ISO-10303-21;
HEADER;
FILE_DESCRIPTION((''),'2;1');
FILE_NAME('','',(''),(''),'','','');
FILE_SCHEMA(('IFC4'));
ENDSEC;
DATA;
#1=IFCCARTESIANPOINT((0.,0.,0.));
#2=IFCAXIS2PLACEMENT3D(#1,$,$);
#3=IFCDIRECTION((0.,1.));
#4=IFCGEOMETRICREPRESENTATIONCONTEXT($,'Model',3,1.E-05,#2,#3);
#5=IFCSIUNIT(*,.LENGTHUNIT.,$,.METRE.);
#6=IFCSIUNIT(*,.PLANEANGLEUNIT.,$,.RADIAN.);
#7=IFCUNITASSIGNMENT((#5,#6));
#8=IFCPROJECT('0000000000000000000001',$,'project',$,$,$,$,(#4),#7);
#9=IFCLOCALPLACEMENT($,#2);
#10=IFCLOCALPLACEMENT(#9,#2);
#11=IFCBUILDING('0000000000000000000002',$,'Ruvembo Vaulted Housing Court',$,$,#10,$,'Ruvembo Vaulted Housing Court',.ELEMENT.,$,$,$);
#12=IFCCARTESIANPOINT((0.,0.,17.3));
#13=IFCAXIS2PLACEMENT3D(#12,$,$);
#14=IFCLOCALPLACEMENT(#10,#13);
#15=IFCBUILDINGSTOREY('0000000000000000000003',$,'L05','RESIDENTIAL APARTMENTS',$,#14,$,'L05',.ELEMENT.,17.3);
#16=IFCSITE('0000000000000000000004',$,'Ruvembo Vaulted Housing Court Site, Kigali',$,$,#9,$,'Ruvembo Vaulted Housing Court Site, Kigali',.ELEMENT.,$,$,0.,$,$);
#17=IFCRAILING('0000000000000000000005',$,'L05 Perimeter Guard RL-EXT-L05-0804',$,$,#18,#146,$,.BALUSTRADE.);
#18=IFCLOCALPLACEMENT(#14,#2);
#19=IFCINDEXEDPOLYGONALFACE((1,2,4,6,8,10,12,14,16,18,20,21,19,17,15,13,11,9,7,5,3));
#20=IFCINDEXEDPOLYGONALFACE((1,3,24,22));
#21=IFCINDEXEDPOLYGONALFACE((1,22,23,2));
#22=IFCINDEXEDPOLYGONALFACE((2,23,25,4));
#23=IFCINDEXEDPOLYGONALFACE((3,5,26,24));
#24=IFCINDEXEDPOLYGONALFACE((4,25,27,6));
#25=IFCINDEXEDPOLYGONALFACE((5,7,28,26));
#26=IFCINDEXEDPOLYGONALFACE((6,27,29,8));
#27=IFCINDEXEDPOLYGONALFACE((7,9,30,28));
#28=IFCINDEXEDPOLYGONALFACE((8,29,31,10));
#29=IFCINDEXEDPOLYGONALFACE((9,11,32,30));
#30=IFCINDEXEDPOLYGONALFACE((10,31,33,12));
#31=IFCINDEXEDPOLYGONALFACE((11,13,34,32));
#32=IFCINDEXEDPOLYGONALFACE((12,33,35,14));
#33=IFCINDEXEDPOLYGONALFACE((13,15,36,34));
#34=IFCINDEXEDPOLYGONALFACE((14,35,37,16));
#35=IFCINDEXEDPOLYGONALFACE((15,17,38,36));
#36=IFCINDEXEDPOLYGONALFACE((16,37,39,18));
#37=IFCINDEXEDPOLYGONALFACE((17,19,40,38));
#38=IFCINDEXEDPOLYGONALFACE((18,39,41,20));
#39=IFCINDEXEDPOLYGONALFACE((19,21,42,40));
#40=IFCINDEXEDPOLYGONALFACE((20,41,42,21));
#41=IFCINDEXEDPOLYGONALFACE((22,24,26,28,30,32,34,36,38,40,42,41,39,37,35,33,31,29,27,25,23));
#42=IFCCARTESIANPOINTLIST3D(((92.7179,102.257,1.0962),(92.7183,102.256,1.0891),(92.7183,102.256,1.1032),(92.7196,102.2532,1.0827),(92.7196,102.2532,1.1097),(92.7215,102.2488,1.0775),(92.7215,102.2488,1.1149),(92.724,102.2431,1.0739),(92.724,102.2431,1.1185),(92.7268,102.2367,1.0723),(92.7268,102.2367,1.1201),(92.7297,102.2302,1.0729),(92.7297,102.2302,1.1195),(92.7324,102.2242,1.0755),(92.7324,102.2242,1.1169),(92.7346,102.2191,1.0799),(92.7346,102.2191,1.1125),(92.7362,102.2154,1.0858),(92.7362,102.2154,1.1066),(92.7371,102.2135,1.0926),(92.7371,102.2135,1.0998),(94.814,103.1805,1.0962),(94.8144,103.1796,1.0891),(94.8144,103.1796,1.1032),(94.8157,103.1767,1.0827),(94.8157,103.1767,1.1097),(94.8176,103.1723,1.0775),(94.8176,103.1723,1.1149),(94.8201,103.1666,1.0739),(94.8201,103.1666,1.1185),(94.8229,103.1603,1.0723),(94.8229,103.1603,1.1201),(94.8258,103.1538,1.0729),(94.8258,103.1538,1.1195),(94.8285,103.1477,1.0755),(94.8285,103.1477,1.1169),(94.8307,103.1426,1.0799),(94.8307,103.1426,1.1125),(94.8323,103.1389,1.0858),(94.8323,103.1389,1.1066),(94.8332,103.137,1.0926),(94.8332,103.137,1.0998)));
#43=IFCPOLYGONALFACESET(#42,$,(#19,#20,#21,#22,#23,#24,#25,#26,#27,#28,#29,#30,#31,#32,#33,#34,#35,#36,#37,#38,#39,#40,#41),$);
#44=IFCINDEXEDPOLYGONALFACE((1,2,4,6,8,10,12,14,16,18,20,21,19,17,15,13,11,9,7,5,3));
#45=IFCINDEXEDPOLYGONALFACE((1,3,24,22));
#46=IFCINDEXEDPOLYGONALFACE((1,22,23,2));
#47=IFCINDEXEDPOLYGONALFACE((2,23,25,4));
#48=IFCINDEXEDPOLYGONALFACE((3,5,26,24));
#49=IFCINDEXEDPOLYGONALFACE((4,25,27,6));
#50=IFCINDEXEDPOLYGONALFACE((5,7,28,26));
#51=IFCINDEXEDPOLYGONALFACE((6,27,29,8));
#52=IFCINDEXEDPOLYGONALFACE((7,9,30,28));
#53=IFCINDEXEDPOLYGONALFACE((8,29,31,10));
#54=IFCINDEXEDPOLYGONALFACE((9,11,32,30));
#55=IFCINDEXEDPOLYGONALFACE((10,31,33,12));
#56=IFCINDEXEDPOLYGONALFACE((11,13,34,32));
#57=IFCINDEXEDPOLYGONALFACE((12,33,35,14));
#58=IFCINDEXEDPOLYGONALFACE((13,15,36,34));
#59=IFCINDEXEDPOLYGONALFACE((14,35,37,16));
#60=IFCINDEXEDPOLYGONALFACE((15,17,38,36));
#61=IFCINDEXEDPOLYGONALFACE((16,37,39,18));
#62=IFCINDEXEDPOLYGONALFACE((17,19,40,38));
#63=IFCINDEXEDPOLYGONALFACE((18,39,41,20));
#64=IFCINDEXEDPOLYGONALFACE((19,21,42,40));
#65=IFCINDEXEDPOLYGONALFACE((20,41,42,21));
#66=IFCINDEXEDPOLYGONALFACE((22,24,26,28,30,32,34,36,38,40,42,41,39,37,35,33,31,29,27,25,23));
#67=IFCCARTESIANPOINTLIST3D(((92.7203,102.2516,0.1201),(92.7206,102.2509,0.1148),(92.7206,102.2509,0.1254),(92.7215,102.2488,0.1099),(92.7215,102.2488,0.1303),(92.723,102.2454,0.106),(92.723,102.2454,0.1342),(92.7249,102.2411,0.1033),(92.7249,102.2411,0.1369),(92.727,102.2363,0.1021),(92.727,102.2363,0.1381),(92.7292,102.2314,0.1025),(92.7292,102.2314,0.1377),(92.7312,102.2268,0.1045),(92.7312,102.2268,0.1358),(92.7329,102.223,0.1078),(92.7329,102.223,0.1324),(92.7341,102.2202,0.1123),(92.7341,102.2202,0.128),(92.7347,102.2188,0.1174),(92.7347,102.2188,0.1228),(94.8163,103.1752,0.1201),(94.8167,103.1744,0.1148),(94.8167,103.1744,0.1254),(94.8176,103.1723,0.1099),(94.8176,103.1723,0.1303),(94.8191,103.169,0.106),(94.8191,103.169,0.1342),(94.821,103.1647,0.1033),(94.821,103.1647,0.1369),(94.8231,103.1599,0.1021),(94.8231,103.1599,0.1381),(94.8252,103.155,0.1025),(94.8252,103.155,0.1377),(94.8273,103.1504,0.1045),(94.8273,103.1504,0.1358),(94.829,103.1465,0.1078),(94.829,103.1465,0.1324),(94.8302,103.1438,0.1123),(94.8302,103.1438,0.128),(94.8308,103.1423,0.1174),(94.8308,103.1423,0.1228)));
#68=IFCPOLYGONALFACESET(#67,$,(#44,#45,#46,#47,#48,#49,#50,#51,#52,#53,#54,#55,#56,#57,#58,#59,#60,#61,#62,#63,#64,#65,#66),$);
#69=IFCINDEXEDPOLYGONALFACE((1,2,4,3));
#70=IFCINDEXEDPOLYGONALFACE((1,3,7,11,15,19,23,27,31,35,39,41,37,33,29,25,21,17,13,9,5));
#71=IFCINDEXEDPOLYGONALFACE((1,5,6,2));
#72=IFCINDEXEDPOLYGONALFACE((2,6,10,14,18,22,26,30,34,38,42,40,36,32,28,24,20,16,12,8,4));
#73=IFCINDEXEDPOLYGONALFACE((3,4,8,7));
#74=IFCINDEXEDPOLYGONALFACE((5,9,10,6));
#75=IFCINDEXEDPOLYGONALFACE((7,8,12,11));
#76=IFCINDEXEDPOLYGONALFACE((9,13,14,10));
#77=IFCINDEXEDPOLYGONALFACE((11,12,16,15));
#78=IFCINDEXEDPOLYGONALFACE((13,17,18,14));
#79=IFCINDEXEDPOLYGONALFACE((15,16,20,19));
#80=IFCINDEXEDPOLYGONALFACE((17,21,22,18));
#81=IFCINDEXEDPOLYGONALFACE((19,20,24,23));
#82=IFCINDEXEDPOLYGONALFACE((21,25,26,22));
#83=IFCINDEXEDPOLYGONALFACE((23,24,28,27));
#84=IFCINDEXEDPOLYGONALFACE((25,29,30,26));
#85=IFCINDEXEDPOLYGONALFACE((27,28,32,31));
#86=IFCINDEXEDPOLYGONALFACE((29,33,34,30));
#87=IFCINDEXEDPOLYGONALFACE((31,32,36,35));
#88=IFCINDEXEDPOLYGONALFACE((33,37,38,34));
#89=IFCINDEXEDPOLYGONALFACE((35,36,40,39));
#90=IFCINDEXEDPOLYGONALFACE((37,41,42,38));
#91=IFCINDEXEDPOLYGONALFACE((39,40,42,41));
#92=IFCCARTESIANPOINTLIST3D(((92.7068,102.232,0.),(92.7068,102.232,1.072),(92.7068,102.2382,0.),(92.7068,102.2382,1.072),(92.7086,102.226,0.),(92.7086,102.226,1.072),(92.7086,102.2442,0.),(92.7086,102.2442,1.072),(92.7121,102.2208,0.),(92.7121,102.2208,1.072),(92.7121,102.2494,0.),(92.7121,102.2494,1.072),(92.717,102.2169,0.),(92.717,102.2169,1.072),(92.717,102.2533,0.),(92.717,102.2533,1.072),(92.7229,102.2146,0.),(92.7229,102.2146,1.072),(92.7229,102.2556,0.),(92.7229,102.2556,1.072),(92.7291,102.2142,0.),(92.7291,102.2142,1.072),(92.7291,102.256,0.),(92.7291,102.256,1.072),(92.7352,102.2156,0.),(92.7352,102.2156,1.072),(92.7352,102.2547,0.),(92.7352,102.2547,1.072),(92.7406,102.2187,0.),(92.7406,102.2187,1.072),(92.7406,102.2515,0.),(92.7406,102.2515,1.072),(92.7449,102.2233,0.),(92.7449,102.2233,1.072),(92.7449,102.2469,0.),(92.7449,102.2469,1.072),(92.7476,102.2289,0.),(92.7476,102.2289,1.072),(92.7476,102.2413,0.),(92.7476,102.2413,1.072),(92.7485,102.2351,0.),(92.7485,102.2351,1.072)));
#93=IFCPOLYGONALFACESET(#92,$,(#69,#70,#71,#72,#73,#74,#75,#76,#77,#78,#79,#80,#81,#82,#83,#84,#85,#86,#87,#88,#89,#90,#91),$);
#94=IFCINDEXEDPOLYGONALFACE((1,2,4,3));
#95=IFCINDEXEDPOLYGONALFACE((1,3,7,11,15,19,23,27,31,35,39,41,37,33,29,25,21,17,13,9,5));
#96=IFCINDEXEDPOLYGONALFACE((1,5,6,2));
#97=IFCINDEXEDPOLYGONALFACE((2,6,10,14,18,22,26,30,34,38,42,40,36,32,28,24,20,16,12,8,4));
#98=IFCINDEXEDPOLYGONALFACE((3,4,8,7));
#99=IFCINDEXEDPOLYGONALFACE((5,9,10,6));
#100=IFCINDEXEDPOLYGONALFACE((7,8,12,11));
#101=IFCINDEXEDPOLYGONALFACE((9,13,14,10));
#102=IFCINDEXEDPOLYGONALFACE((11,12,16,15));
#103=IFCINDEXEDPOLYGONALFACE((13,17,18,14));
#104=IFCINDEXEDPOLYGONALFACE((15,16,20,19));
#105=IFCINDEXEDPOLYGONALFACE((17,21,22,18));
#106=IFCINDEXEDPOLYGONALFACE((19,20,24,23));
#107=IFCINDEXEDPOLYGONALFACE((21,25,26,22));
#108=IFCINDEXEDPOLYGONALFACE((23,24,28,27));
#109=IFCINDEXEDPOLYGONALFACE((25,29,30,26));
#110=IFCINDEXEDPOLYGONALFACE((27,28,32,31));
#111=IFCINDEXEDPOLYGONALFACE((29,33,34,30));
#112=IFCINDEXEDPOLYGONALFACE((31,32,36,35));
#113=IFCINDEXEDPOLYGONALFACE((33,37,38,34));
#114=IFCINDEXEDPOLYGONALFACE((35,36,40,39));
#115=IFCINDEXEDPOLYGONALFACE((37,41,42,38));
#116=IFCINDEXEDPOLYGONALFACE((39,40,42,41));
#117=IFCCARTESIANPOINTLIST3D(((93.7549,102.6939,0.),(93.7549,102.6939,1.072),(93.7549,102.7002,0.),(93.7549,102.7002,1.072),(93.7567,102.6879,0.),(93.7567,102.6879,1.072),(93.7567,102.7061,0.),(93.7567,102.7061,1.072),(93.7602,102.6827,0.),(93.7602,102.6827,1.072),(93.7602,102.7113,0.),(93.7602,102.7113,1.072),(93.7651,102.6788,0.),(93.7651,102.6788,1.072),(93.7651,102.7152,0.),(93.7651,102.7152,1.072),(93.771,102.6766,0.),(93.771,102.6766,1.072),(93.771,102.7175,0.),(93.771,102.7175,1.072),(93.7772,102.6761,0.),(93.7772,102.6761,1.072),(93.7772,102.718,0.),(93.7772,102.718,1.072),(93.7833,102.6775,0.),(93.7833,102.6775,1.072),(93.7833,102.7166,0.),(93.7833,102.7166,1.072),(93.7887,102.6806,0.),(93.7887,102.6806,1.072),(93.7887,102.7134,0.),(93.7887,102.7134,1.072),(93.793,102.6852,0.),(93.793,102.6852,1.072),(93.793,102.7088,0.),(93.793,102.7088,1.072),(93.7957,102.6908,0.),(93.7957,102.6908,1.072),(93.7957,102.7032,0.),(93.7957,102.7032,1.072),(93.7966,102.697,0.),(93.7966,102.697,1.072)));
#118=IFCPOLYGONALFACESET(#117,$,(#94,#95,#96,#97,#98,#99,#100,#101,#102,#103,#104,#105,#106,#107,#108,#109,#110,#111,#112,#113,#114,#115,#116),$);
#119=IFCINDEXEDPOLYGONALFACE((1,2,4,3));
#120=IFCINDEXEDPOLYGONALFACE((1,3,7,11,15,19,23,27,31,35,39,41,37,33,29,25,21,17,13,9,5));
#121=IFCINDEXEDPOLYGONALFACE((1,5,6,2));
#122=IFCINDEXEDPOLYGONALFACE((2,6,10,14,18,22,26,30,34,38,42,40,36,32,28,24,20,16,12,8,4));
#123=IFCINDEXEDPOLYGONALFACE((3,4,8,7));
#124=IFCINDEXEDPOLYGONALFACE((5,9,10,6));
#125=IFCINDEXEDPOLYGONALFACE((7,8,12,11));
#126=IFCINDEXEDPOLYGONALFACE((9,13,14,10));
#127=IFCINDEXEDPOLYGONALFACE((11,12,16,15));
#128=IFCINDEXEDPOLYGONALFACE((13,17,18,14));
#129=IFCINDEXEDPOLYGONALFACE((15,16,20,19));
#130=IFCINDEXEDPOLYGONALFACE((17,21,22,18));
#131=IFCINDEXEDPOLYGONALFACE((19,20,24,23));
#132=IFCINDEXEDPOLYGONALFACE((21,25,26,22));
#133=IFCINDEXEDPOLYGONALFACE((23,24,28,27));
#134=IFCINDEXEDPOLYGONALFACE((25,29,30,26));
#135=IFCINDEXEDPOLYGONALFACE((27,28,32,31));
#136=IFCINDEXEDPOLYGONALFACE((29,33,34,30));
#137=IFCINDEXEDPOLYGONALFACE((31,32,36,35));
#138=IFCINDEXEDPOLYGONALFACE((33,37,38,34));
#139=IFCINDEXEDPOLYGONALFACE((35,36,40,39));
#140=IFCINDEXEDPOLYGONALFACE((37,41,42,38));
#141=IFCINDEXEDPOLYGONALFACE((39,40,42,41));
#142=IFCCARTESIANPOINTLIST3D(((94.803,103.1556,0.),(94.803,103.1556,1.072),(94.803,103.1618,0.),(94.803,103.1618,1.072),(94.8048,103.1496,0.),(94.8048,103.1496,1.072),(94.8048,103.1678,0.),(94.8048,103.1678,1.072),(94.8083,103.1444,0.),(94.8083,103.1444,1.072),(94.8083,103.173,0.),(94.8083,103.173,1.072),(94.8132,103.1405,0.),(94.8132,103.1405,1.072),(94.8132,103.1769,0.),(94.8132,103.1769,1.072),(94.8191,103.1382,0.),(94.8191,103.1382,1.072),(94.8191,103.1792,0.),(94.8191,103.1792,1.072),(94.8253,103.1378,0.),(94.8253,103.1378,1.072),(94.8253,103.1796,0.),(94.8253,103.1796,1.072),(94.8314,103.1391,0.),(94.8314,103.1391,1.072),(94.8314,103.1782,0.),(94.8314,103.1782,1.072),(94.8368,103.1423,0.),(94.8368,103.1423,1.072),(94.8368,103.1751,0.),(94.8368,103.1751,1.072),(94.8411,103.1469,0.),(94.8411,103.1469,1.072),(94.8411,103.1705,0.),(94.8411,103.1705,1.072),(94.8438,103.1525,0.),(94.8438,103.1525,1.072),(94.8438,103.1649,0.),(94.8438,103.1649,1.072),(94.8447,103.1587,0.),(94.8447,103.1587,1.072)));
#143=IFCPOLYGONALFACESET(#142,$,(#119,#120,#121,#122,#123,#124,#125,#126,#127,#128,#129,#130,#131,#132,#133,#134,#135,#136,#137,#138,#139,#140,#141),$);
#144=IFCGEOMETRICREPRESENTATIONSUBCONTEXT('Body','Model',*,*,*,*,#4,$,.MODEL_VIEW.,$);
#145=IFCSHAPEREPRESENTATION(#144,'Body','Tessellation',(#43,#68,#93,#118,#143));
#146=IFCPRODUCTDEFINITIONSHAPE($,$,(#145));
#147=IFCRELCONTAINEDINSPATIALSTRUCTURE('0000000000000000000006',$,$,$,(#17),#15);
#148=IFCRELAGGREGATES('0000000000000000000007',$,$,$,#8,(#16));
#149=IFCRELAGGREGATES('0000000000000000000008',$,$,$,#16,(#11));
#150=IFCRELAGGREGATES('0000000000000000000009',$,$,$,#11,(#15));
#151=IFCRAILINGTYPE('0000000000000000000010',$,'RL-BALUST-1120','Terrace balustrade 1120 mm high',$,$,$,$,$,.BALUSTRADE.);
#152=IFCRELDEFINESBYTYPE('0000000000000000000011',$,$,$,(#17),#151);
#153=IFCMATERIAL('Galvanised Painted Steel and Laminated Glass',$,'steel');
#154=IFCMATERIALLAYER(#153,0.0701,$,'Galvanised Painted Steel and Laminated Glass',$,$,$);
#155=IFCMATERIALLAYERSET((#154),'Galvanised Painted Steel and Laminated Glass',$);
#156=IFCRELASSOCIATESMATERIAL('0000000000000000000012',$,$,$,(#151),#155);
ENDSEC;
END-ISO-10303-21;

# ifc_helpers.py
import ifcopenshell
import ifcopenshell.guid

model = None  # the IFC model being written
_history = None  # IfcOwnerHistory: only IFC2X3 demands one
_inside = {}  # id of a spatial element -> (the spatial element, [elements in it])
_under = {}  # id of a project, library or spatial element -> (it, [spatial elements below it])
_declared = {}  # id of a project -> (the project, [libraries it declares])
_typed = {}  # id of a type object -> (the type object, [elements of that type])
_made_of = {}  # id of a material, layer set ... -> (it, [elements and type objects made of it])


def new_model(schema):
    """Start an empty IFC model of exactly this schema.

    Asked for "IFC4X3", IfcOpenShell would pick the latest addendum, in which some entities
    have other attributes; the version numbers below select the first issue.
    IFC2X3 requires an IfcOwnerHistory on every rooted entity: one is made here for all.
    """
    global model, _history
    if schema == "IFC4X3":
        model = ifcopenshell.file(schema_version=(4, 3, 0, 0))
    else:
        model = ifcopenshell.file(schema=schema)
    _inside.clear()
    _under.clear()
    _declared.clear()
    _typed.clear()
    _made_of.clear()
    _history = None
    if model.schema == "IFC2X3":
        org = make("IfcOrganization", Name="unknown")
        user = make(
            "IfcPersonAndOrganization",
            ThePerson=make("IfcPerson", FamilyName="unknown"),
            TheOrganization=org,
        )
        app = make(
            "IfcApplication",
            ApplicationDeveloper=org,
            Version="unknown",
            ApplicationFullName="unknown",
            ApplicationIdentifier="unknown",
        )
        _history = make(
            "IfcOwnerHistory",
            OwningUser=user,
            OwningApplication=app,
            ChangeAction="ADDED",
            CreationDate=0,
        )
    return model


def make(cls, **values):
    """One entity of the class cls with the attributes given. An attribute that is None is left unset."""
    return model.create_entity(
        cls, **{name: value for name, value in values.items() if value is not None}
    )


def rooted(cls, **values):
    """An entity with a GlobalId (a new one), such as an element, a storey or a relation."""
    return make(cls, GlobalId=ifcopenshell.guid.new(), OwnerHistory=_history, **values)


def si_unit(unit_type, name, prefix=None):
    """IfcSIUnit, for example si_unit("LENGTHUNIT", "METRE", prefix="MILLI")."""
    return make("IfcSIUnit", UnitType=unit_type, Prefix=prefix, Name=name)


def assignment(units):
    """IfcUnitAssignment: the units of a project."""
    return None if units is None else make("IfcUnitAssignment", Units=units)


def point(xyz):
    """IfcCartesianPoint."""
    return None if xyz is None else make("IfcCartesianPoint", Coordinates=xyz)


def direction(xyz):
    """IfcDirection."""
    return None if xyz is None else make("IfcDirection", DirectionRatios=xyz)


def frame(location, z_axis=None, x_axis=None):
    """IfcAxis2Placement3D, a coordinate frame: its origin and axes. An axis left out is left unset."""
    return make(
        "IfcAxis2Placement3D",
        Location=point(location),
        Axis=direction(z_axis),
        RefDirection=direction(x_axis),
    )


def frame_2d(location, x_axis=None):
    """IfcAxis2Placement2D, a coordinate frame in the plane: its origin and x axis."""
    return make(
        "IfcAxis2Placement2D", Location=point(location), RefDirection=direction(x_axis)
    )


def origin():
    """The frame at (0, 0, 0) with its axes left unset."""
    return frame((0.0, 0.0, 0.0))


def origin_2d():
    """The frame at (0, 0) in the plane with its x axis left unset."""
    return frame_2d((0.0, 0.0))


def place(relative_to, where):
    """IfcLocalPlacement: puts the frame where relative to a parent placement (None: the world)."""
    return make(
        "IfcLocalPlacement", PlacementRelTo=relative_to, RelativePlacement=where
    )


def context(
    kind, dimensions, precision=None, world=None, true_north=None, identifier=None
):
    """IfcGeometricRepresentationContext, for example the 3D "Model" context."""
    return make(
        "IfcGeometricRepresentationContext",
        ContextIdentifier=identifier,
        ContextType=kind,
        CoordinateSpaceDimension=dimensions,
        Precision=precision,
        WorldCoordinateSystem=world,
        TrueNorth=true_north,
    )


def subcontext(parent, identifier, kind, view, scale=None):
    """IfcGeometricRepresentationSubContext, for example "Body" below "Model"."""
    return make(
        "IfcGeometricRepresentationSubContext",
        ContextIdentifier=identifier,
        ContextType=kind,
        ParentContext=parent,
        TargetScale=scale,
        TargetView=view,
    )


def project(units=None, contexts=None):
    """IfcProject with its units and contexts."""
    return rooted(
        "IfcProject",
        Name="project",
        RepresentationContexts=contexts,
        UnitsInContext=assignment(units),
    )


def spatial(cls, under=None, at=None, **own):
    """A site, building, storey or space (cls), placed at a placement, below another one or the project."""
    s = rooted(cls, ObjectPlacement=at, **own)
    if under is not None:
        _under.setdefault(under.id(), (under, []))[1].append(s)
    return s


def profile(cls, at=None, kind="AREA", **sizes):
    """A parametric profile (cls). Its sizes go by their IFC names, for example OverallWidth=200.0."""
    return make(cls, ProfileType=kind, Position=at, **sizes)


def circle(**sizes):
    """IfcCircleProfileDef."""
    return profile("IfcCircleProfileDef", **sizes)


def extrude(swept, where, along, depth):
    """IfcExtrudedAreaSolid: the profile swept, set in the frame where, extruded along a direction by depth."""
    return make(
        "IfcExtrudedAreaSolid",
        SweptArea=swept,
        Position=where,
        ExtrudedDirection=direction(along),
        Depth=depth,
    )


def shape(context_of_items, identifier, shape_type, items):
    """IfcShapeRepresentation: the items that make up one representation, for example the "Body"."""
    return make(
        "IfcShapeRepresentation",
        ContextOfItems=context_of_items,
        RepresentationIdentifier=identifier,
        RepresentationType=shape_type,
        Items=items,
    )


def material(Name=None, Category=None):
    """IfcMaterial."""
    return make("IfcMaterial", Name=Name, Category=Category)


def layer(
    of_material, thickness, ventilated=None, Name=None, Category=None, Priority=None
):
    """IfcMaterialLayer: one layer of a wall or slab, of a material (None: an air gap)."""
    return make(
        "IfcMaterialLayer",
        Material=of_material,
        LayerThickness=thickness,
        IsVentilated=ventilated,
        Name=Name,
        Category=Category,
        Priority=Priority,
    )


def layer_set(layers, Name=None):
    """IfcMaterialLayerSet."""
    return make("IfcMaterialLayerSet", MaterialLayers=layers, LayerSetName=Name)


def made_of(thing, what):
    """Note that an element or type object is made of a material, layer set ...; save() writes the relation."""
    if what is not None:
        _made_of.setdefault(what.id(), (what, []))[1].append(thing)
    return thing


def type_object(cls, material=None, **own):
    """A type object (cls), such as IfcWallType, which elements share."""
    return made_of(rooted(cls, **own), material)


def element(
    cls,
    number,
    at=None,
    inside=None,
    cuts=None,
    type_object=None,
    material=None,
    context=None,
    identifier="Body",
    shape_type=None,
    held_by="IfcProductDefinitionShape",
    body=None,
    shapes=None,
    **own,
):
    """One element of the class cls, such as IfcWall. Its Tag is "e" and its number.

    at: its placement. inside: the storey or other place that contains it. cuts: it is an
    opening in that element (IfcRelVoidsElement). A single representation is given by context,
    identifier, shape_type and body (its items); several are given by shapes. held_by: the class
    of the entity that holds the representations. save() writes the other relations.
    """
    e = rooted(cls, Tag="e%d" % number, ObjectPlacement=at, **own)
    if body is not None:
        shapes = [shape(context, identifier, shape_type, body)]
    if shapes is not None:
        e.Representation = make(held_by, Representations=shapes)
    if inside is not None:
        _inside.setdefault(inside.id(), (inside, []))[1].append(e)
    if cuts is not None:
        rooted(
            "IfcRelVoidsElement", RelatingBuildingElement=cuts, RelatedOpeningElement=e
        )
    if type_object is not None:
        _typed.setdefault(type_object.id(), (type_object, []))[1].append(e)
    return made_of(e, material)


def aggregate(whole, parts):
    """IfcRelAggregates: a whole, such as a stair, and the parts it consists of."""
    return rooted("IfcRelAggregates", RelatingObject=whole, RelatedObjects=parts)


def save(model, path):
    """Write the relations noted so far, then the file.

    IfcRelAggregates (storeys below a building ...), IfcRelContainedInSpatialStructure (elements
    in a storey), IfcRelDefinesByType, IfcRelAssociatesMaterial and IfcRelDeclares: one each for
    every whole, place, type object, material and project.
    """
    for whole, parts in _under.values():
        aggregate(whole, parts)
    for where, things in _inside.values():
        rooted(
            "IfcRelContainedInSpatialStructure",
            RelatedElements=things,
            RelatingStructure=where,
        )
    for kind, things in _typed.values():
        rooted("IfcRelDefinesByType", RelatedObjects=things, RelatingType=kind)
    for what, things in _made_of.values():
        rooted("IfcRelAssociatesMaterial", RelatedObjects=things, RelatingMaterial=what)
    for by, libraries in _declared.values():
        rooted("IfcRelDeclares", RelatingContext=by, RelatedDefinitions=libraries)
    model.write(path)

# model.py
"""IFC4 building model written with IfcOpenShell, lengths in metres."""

from ifc_helpers import new_model, si_unit, direction, frame, origin, origin_2d, place, context, subcontext, project, spatial, circle, extrude, material, layer, layer_set, type_object, element, save


model = new_model("IFC4")

# Units and contexts
model_context = context("Model", 3, precision=1e-05, world=origin(), true_north=direction((0.0, 1.0)))
body_context = subcontext(model_context, "Body", "Model", "MODEL_VIEW")
ifc_project = project(units=[si_unit("LENGTHUNIT", "METRE"), si_unit("PLANEANGLEUNIT", "RADIAN")], contexts=[model_context])

# Site, building, storey
site_placement = place(None, origin())
site = spatial("IfcSite", under=ifc_project, at=site_placement, Name="Ruvembo Vaulted Housing Court Site, Kigali", LongName="Ruvembo Vaulted Housing Court Site, Kigali", CompositionType="ELEMENT", RefElevation=0.0)
building_placement = place(site_placement, origin())
building = spatial("IfcBuilding", under=site, at=building_placement, Name="Ruvembo Vaulted Housing Court", LongName="Ruvembo Vaulted Housing Court", CompositionType="ELEMENT")
storey_placement = place(building_placement, frame((0.0, 0.0, 17.3)))
storey = spatial("IfcBuildingStorey", under=building, at=storey_placement, Name="L05", Description="RESIDENTIAL APARTMENTS", LongName="L05", CompositionType="ELEMENT", Elevation=17.3)

# Railing
ifc_material_1 = material(Name="Galvanised Painted Steel and Laminated Glass", Category="steel")
ifc_layer_1 = layer(ifc_material_1, 0.0701, Name="Galvanised Painted Steel and Laminated Glass")
ifc_layer_set_1 = layer_set([ifc_layer_1], Name="Galvanised Painted Steel and Laminated Glass")
railing_type = type_object("IfcRailingType", Name="RL-BALUST-1120", Description="Terrace balustrade 1120 mm high", PredefinedType="BALUSTRADE", material=ifc_layer_set_1)
railing_1_placement = place(storey_placement, frame((92.7275, 102.2351, 0.0)))
element("IfcRailing", 1, at=railing_1_placement, inside=storey, type_object=railing_type, Name="L05 Perimeter Guard RL-EXT-L05-0804", PredefinedType="BALUSTRADE", context=body_context, shape_type="SweptSolid", body=[
    extrude(circle(Radius=0.0239, at=origin_2d()), frame((0.0, 0.0, 1.0962), z_axis=(0.915112, 0.403199, 0.0), x_axis=(-0.403199, 0.915112, 0.0)), (0.0, 0.0, 1.0), 2.2905),
    extrude(circle(Radius=0.0181, at=origin_2d()), frame((0.0, 0.0, 0.1201), z_axis=(0.915112, 0.403199, 0.0), x_axis=(-0.403199, 0.915112, 0.0)), (0.0, 0.0, 1.0), 2.2905),
    extrude(circle(Radius=0.021, at=origin_2d()), origin(), (0.0, 0.0, 1.0), 1.072),
    extrude(circle(Radius=0.021, at=origin_2d()), frame((1.0481, 0.4619, 0.0)), (0.0, 0.0, 1.0), 1.072),
    extrude(circle(Radius=0.021, at=origin_2d()), frame((2.0962, 0.9236, 0.0)), (0.0, 0.0, 1.0), 1.072),
])

save(model, "model.ifc")
